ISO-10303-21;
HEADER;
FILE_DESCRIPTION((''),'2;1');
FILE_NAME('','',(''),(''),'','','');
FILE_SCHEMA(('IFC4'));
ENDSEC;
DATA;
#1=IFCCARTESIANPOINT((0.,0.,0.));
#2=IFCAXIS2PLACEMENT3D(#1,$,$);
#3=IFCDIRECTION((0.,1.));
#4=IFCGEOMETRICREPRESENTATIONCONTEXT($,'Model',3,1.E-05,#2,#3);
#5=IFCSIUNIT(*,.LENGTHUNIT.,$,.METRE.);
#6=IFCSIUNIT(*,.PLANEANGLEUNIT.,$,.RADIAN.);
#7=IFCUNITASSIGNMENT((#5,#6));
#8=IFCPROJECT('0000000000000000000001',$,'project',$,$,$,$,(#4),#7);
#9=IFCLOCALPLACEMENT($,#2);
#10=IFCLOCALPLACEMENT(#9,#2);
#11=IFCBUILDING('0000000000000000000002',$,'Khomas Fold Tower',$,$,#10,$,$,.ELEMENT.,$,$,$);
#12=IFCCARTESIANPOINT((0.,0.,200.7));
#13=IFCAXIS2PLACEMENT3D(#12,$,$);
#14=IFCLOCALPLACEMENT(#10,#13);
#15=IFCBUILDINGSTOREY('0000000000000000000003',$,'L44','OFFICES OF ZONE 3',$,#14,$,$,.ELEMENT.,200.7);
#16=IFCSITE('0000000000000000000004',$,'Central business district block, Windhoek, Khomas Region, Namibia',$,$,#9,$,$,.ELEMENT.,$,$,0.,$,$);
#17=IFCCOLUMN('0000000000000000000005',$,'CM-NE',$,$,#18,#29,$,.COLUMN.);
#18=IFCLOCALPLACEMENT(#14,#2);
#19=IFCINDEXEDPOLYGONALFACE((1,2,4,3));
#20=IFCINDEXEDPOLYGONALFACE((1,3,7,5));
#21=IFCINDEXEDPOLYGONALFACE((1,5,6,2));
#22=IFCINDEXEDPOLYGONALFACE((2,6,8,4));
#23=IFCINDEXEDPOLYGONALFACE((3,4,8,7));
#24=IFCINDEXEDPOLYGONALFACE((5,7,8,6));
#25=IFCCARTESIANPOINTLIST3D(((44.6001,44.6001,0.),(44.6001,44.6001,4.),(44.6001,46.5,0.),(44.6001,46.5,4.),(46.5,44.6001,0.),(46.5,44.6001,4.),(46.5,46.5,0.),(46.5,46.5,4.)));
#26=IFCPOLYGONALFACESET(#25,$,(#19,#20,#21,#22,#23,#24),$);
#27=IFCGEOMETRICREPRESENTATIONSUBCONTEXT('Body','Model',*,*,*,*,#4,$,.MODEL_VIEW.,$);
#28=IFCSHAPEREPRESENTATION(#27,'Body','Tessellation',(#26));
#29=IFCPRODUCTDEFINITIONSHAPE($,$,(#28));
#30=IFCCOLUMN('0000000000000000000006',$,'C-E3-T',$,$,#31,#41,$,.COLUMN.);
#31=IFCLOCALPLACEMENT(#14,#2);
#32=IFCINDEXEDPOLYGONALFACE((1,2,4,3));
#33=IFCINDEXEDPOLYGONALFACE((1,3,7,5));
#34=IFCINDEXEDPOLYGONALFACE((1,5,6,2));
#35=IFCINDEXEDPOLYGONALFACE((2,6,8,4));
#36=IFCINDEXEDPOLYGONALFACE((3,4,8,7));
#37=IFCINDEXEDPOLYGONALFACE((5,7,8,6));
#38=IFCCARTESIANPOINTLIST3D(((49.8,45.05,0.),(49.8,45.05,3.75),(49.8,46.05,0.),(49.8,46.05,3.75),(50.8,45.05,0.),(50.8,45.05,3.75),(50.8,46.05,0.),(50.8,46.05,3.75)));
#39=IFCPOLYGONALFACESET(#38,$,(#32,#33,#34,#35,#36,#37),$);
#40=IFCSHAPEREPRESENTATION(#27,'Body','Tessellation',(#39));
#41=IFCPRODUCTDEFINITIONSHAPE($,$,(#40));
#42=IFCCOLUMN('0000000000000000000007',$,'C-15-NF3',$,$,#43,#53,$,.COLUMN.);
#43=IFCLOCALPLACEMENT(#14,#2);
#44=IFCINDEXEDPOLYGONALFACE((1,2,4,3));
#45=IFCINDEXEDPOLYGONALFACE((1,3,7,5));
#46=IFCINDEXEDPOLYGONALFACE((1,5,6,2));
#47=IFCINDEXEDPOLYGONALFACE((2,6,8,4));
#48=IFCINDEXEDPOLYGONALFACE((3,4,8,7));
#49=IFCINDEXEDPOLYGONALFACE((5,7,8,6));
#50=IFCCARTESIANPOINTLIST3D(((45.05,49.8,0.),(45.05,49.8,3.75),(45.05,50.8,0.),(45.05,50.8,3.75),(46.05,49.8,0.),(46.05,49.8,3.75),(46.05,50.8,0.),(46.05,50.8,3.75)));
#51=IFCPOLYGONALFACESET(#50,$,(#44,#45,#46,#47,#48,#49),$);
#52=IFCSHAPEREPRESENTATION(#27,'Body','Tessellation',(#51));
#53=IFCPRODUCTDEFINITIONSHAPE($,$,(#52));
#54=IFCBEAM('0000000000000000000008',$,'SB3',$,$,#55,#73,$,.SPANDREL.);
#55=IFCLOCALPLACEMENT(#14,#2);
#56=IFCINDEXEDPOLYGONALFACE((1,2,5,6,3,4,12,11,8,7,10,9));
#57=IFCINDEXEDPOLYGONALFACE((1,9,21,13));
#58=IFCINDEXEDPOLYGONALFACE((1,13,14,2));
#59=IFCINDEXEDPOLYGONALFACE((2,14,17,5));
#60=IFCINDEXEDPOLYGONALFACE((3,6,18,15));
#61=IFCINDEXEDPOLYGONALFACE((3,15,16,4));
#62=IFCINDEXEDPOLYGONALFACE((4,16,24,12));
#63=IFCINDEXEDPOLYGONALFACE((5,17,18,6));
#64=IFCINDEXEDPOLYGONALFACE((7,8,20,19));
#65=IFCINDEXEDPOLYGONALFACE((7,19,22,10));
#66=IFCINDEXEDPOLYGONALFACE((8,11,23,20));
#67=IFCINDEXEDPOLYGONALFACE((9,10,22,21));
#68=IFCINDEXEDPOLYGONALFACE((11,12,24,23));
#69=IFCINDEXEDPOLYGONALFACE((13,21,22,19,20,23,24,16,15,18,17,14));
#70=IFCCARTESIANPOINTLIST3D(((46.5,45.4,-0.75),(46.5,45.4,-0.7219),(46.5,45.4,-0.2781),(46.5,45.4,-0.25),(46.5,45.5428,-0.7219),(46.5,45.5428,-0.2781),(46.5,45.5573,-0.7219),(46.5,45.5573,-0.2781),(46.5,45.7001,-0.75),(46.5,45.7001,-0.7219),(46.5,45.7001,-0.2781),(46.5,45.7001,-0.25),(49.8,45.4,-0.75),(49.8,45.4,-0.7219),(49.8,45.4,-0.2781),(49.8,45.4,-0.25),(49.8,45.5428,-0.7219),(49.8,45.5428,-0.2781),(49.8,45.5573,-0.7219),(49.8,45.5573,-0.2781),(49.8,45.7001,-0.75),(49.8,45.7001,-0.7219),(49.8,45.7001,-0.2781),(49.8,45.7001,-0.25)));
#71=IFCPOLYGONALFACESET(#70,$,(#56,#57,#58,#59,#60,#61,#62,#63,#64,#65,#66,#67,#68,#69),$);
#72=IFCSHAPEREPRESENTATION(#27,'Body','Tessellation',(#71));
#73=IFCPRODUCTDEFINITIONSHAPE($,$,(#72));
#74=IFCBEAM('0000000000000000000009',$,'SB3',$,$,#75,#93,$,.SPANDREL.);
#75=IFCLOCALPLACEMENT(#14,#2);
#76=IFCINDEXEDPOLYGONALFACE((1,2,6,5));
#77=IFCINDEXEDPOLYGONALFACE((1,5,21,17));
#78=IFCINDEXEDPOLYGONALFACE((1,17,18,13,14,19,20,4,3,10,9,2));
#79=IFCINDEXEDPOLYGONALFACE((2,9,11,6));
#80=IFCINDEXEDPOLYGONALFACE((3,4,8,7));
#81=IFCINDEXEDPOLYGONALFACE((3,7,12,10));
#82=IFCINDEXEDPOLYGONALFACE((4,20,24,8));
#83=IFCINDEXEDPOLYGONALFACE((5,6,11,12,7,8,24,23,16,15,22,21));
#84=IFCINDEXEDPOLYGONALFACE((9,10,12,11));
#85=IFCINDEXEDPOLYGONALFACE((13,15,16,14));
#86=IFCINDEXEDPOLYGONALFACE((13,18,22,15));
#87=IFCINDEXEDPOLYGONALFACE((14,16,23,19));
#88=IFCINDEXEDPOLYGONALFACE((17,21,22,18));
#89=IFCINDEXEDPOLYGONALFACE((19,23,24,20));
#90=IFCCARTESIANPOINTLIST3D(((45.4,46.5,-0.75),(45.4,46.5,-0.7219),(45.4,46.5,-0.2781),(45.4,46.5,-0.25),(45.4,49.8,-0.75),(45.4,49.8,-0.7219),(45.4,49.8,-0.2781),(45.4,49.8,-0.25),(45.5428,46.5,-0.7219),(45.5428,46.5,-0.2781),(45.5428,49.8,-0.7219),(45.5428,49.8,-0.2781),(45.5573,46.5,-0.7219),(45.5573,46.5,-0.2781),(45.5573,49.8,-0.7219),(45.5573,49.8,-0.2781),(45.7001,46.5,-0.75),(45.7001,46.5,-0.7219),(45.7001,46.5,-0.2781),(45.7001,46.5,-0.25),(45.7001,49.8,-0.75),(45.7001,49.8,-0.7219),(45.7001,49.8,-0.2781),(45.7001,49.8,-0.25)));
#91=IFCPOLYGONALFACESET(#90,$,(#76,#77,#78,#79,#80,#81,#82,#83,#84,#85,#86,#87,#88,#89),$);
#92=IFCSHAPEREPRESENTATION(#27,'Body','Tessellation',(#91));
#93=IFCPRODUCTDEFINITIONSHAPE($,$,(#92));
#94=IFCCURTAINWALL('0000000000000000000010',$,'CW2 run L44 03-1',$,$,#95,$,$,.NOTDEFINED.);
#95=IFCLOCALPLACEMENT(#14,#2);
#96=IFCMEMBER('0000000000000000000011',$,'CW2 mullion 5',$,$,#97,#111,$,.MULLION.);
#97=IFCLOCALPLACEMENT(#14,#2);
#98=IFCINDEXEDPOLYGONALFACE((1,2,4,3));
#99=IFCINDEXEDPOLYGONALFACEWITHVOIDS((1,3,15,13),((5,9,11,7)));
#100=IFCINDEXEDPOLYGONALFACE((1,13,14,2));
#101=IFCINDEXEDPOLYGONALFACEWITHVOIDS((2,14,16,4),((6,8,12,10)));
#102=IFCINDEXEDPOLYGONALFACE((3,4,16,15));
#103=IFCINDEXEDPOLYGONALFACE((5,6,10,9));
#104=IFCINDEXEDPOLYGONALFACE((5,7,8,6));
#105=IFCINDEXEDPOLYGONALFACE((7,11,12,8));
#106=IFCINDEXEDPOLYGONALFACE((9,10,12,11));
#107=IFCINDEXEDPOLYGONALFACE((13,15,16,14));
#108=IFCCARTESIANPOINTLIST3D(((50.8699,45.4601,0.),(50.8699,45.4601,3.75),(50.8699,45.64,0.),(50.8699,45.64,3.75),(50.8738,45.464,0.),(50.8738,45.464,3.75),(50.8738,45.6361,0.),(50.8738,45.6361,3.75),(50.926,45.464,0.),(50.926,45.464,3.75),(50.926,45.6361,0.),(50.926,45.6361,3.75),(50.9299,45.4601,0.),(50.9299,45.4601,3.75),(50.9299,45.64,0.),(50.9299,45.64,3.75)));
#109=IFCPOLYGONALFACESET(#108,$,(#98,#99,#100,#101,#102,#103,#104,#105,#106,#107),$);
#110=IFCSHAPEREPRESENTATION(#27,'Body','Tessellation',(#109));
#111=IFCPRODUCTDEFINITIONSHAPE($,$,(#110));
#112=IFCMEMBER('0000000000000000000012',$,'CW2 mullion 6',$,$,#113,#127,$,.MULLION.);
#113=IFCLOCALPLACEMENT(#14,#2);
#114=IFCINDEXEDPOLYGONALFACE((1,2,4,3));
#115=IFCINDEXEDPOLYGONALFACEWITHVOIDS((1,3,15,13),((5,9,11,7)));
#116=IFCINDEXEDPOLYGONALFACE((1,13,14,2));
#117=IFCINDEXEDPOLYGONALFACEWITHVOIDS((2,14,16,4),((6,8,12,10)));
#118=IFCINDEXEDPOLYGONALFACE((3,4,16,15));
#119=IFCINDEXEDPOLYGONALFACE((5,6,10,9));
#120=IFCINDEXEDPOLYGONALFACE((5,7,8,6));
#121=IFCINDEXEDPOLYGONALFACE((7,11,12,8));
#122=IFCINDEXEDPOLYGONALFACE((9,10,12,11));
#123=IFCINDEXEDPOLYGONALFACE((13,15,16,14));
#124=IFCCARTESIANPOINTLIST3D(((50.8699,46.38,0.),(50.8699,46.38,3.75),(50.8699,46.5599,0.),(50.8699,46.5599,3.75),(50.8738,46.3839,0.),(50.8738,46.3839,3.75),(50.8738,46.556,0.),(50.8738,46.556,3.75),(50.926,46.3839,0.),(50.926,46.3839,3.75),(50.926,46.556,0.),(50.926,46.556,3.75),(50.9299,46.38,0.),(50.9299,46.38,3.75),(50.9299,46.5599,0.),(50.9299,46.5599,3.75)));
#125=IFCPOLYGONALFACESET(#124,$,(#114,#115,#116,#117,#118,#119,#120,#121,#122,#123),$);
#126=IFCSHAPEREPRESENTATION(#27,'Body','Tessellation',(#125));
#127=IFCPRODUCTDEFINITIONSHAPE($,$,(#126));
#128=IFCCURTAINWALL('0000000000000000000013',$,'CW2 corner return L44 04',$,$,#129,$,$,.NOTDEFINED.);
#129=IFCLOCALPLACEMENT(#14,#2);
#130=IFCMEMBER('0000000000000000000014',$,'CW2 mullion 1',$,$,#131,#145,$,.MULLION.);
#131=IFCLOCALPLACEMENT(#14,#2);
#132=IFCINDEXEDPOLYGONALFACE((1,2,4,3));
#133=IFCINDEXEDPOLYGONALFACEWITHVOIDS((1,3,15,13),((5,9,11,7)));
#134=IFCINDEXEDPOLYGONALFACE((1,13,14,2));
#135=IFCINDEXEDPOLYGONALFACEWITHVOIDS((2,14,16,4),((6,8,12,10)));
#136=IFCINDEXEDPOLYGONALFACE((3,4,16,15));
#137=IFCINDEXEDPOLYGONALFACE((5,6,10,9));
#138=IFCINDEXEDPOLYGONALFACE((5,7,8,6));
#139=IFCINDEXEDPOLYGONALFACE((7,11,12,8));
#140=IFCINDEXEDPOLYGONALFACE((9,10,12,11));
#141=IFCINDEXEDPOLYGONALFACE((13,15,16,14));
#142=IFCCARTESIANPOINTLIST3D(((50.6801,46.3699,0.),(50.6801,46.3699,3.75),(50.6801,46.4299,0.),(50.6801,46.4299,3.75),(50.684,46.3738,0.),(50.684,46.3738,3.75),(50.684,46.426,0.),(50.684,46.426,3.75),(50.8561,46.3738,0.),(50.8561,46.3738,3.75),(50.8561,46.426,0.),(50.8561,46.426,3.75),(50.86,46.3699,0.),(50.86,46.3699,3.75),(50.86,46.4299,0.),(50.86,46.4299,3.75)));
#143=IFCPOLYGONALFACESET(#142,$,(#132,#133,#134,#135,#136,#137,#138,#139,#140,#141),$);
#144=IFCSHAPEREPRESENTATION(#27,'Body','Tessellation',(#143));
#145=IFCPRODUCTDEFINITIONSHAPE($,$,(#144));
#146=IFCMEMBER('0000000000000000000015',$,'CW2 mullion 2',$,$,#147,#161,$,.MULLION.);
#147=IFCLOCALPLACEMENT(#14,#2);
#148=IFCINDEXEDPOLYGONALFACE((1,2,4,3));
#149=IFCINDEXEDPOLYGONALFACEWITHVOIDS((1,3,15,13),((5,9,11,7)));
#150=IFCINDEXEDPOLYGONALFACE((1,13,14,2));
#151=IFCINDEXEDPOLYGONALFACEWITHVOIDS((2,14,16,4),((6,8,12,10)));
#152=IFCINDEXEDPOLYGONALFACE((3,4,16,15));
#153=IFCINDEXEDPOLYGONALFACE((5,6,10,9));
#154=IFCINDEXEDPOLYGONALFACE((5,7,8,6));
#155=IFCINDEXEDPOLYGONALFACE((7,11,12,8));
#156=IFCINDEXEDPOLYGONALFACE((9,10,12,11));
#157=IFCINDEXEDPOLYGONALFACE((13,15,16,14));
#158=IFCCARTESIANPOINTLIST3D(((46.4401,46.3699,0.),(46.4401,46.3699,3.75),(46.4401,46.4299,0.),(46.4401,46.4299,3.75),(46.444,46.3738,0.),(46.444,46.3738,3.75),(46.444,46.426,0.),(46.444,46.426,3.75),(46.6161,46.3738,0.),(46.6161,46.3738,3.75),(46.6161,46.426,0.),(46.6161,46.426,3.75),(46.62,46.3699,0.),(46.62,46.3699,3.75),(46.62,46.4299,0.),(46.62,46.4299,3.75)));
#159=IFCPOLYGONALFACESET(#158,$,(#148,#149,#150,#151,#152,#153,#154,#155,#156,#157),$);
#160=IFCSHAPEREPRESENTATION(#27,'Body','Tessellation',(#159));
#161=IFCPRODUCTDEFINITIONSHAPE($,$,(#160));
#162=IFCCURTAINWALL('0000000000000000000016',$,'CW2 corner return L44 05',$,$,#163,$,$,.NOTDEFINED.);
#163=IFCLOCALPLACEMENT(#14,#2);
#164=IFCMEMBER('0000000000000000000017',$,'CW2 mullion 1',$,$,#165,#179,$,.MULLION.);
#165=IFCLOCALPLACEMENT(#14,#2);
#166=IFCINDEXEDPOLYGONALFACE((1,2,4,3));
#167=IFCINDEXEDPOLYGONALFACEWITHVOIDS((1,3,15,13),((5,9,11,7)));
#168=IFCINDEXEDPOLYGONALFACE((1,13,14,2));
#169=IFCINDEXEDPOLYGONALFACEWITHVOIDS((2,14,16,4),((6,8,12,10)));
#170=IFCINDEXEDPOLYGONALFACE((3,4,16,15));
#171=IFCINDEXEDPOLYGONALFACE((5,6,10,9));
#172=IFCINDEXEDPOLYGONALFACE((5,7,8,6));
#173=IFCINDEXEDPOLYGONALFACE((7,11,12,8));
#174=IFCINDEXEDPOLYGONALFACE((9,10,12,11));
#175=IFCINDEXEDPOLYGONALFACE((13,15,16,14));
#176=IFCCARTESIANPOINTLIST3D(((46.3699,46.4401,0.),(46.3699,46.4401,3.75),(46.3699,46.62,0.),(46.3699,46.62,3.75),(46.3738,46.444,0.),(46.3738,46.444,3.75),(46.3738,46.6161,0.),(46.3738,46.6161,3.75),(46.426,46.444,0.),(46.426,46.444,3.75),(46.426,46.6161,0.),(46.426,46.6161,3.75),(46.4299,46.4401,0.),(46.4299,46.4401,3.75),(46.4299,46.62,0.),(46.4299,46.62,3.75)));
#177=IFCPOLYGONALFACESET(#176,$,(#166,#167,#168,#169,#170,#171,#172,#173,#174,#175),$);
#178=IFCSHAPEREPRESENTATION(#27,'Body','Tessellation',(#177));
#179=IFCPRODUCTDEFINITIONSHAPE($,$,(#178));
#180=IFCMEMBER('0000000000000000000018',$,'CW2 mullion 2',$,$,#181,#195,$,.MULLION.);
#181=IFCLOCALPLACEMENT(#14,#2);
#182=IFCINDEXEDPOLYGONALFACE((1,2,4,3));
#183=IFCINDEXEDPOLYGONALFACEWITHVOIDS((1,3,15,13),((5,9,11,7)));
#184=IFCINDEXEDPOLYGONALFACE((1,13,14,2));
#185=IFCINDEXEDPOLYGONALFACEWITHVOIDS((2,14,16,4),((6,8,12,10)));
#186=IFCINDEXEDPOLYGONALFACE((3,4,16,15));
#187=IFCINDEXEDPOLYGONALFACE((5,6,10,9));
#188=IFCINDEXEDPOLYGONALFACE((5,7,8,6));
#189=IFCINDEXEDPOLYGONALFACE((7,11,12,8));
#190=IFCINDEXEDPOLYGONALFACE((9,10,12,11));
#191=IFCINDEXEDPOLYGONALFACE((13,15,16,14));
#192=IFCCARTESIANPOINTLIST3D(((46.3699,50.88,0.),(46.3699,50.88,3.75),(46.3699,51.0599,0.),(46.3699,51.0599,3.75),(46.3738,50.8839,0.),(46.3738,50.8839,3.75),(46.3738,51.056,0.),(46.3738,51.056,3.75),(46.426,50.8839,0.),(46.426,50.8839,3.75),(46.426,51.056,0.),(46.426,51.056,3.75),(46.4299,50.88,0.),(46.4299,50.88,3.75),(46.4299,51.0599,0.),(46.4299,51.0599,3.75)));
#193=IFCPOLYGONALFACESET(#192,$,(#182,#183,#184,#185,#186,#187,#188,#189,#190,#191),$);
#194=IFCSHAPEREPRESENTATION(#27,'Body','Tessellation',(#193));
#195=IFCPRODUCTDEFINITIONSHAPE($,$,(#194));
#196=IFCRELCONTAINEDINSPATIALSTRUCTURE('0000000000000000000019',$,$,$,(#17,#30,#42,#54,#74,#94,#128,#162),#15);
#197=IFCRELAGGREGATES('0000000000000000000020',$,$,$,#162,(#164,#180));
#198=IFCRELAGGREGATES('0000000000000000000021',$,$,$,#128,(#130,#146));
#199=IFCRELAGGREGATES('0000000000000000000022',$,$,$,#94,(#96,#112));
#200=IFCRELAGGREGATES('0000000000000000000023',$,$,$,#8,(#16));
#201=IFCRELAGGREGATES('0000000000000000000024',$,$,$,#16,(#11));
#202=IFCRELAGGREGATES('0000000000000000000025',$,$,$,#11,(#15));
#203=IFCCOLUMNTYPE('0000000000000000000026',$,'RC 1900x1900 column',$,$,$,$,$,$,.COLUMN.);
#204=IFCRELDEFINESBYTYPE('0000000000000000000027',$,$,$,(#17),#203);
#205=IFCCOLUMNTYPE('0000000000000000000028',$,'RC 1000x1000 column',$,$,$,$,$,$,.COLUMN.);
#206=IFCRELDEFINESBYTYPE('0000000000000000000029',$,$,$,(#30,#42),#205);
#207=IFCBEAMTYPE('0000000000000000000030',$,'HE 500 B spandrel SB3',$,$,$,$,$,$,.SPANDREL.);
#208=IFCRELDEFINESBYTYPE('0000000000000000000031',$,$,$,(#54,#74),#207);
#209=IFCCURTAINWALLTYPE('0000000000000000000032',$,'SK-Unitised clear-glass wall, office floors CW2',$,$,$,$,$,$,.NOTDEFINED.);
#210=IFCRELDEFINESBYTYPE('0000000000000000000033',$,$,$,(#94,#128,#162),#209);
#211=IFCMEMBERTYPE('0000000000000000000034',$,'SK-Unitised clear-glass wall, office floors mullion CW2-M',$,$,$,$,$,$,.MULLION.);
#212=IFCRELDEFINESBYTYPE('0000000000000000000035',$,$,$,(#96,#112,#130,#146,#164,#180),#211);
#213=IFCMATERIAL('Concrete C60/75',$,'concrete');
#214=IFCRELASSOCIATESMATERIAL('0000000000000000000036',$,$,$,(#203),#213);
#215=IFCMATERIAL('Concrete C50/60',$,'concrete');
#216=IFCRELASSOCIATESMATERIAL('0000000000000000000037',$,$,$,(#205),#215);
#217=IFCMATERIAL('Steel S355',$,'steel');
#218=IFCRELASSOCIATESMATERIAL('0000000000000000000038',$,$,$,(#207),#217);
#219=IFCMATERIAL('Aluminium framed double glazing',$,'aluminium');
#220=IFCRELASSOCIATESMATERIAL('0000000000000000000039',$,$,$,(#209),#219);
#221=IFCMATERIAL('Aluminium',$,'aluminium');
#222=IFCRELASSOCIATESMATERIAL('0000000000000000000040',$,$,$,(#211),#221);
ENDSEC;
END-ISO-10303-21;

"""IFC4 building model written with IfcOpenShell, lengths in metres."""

from ifc_helpers import new_model, si_unit, direction, frame, origin, origin_2d, place, context, subcontext, project, spatial, rectangle, hollow_rectangle, i_section, extrude, source, transform, mapped, material, material_profile, profile_set, type_object, element, aggregate, save


model = new_model("IFC4")

# Units and contexts
model_context = context("Model", 3, precision=1e-05, world=origin(), true_north=direction((0.0, 1.0)))
body_context = subcontext(model_context, "Body", "Model", "MODEL_VIEW")
ifc_project = project(units=[si_unit("LENGTHUNIT", "METRE"), si_unit("PLANEANGLEUNIT", "RADIAN")], contexts=[model_context])

# Site, building, storey
site_placement = place(None, origin())
site = spatial("IfcSite", under=ifc_project, at=site_placement, Name="Central business district block, Windhoek, Khomas Region, Namibia", CompositionType="ELEMENT", RefElevation=0.0)
building_placement = place(site_placement, origin())
building = spatial("IfcBuilding", under=site, at=building_placement, Name="Khomas Fold Tower", CompositionType="ELEMENT")
storey_placement = place(building_placement, frame((0.0, 0.0, 200.7)))
storey = spatial("IfcBuildingStorey", under=building, at=storey_placement, Name="L44", Description="OFFICES OF ZONE 3", CompositionType="ELEMENT", Elevation=200.7)

# Columns
ifc_material_1 = material(Name="Concrete C60/75", Category="concrete")
ifc_material_profile_1 = material_profile(ifc_material_1, rectangle(XDim=1.8999, YDim=1.8999, at=origin_2d()), Name="RC 1900x1900")
ifc_profile_set_1 = profile_set([ifc_material_profile_1], Name="Concrete C60/75")
column_type_1 = type_object("IfcColumnType", Name="RC 1900x1900 column", PredefinedType="COLUMN", material=ifc_profile_set_1)
shared_shape_1 = source(origin(), body_context, "Body", "SweptSolid", [
    extrude(rectangle(XDim=1.8999, YDim=1.8999, at=origin_2d()), origin(), (0.0, 0.0, 1.0), 4.0),
])
column_placement = place(storey_placement, frame((45.55, 45.55, 0.0), z_axis=(0.0, 0.0, 1.0), x_axis=(1.0, 0.0, 0.0)))
element("IfcColumn", 1, at=column_placement, inside=storey, type_object=column_type_1, Name="CM-NE", PredefinedType="COLUMN", context=body_context, shape_type="MappedRepresentation", body=[
    mapped(shared_shape_1, transform((0.0, 0.0, 0.0))),
])
ifc_material_2 = material(Name="Concrete C50/60", Category="concrete")
ifc_material_profile_2 = material_profile(ifc_material_2, rectangle(XDim=1.0, YDim=1.0, at=origin_2d()), Name="RC 1000x1000")
ifc_profile_set_2 = profile_set([ifc_material_profile_2], Name="Concrete C50/60")
column_type_2 = type_object("IfcColumnType", Name="RC 1000x1000 column", PredefinedType="COLUMN", material=ifc_profile_set_2)
shared_shape_2 = source(origin(), body_context, "Body", "SweptSolid", [
    extrude(rectangle(XDim=1.0, YDim=1.0, at=origin_2d()), origin(), (0.0, 0.0, 1.0), 3.75),
])
for number, where, z_axis, x_axis, name in (
    (2, (50.3, 45.55, 0.0), (0.0, 0.0, 1.0), (1.0, 0.0, 0.0), "C-E3-T"),
    (3, (45.55, 50.3, 0.0), (0.0, 0.0, 1.0), (1.0, 0.0, 0.0), "C-15-NF3"),
):
    element("IfcColumn", number, at=place(storey_placement, frame(where, z_axis=z_axis, x_axis=x_axis)), inside=storey, type_object=column_type_2, Name=name, PredefinedType="COLUMN", context=body_context, shape_type="MappedRepresentation", body=[
        mapped(shared_shape_2, transform((0.0, 0.0, 0.0))),
    ])

# Beams
ifc_material_3 = material(Name="Steel S355", Category="steel")
ifc_material_profile_3 = material_profile(ifc_material_3, i_section(OverallWidth=0.3, OverallDepth=0.5, WebThickness=0.0144, FlangeThickness=0.0281, at=origin_2d()), Name="HE 500 B")
ifc_profile_set_3 = profile_set([ifc_material_profile_3], Name="Steel S355")
beam_type = type_object("IfcBeamType", Name="HE 500 B spandrel SB3", PredefinedType="SPANDREL", material=ifc_profile_set_3)
shared_shape_3 = source(origin(), body_context, "Body", "SweptSolid", [
    extrude(i_section(OverallWidth=0.3, OverallDepth=0.5, WebThickness=0.0144, FlangeThickness=0.0281, at=origin_2d()), origin(), (0.0, 0.0, 1.0), 3.3),
])
for number, where, z_axis, x_axis, name in (
    (4, (46.5, 45.55, -0.5), (1.0, 0.0, 0.0), (0.0, 1.0, 0.0), "SB3"),
    (5, (45.55, 46.5, -0.5), (0.0, 1.0, 0.0), (-1.0, 0.0, 0.0), "SB3"),
):
    element("IfcBeam", number, at=place(storey_placement, frame(where, z_axis=z_axis, x_axis=x_axis)), inside=storey, type_object=beam_type, Name=name, PredefinedType="SPANDREL", context=body_context, shape_type="MappedRepresentation", body=[
        mapped(shared_shape_3, transform((0.0, 0.0, 0.0))),
    ])

# Curtain walls, members
ifc_material_4 = material(Name="Aluminium framed double glazing", Category="aluminium")
curtain_wall_type = type_object("IfcCurtainWallType", Name="SK-Unitised clear-glass wall, office floors CW2", PredefinedType="NOTDEFINED", material=ifc_material_4)
curtain_wall_1_placement = place(storey_placement, origin())
curtain_wall_1 = element("IfcCurtainWall", 6, at=curtain_wall_1_placement, inside=storey, type_object=curtain_wall_type, Name="CW2 run L44 03-1", PredefinedType="NOTDEFINED")
ifc_material_5 = material(Name="Aluminium", Category="aluminium")
ifc_material_profile_4 = material_profile(ifc_material_5, hollow_rectangle(XDim=0.0601, YDim=0.1799, WallThickness=0.0039, at=origin_2d()), Name="SK-Unitised clear-glass wall, office floors mullion CW2-M")
ifc_profile_set_4 = profile_set([ifc_material_profile_4], Name="Aluminium")
member_type_1 = type_object("IfcMemberType", Name="SK-Unitised clear-glass wall, office floors mullion CW2-M", PredefinedType="MULLION", material=ifc_profile_set_4)
shared_shape_4 = source(origin(), body_context, "Body", "SweptSolid", [
    extrude(hollow_rectangle(XDim=0.0601, YDim=0.1799, WallThickness=0.0039, at=origin_2d()), origin(), (0.0, 0.0, 1.0), 3.75),
])
member_1_placement = place(storey_placement, frame((50.8999, 45.55, 0.0), z_axis=(0.0, 0.0, 1.0), x_axis=(-1.0, 0.0, 0.0)))
member_1 = element("IfcMember", 7, at=member_1_placement, type_object=member_type_1, Name="CW2 mullion 5", PredefinedType="MULLION", context=body_context, shape_type="MappedRepresentation", body=[
    mapped(shared_shape_4, transform((0.0, 0.0, 0.0))),
])
member_2_placement = place(storey_placement, frame((50.8999, 46.47, 0.0), z_axis=(0.0, 0.0, 1.0), x_axis=(-1.0, 0.0, 0.0)))
member_2 = element("IfcMember", 8, at=member_2_placement, type_object=member_type_1, Name="CW2 mullion 6", PredefinedType="MULLION", context=body_context, shape_type="MappedRepresentation", body=[
    mapped(shared_shape_4, transform((0.0, 0.0, 0.0))),
])
curtain_wall_2_placement = place(storey_placement, origin())
curtain_wall_2 = element("IfcCurtainWall", 9, at=curtain_wall_2_placement, inside=storey, type_object=curtain_wall_type, Name="CW2 corner return L44 04", PredefinedType="NOTDEFINED")
member_3_placement = place(storey_placement, frame((50.77, 46.3999, 0.0), z_axis=(0.0, 0.0, 1.0), x_axis=(0.0, -1.0, 0.0)))
member_3 = element("IfcMember", 10, at=member_3_placement, type_object=member_type_1, Name="CW2 mullion 1", PredefinedType="MULLION", context=body_context, shape_type="MappedRepresentation", body=[
    mapped(shared_shape_4, transform((0.0, 0.0, 0.0))),
])
member_4_placement = place(storey_placement, frame((46.53, 46.3999, 0.0), z_axis=(0.0, 0.0, 1.0), x_axis=(0.0, -1.0, 0.0)))
member_4 = element("IfcMember", 11, at=member_4_placement, type_object=member_type_1, Name="CW2 mullion 2", PredefinedType="MULLION", context=body_context, shape_type="MappedRepresentation", body=[
    mapped(shared_shape_4, transform((0.0, 0.0, 0.0))),
])
curtain_wall_3_placement = place(storey_placement, origin())
curtain_wall_3 = element("IfcCurtainWall", 12, at=curtain_wall_3_placement, inside=storey, type_object=curtain_wall_type, Name="CW2 corner return L44 05", PredefinedType="NOTDEFINED")
member_5_placement = place(storey_placement, frame((46.3999, 46.53, 0.0), z_axis=(0.0, 0.0, 1.0), x_axis=(-1.0, 0.0, 0.0)))
member_5 = element("IfcMember", 13, at=member_5_placement, type_object=member_type_1, Name="CW2 mullion 1", PredefinedType="MULLION", context=body_context, shape_type="MappedRepresentation", body=[
    mapped(shared_shape_4, transform((0.0, 0.0, 0.0))),
])
member_6_placement = place(storey_placement, frame((46.3999, 50.97, 0.0), z_axis=(0.0, 0.0, 1.0), x_axis=(-1.0, 0.0, 0.0)))
member_6 = element("IfcMember", 14, at=member_6_placement, type_object=member_type_1, Name="CW2 mullion 2", PredefinedType="MULLION", context=body_context, shape_type="MappedRepresentation", body=[
    mapped(shared_shape_4, transform((0.0, 0.0, 0.0))),
])

aggregate(curtain_wall_3, [member_5, member_6])
aggregate(curtain_wall_2, [member_3, member_4])
aggregate(curtain_wall_1, [member_1, member_2])

save(model, "model.ifc")
